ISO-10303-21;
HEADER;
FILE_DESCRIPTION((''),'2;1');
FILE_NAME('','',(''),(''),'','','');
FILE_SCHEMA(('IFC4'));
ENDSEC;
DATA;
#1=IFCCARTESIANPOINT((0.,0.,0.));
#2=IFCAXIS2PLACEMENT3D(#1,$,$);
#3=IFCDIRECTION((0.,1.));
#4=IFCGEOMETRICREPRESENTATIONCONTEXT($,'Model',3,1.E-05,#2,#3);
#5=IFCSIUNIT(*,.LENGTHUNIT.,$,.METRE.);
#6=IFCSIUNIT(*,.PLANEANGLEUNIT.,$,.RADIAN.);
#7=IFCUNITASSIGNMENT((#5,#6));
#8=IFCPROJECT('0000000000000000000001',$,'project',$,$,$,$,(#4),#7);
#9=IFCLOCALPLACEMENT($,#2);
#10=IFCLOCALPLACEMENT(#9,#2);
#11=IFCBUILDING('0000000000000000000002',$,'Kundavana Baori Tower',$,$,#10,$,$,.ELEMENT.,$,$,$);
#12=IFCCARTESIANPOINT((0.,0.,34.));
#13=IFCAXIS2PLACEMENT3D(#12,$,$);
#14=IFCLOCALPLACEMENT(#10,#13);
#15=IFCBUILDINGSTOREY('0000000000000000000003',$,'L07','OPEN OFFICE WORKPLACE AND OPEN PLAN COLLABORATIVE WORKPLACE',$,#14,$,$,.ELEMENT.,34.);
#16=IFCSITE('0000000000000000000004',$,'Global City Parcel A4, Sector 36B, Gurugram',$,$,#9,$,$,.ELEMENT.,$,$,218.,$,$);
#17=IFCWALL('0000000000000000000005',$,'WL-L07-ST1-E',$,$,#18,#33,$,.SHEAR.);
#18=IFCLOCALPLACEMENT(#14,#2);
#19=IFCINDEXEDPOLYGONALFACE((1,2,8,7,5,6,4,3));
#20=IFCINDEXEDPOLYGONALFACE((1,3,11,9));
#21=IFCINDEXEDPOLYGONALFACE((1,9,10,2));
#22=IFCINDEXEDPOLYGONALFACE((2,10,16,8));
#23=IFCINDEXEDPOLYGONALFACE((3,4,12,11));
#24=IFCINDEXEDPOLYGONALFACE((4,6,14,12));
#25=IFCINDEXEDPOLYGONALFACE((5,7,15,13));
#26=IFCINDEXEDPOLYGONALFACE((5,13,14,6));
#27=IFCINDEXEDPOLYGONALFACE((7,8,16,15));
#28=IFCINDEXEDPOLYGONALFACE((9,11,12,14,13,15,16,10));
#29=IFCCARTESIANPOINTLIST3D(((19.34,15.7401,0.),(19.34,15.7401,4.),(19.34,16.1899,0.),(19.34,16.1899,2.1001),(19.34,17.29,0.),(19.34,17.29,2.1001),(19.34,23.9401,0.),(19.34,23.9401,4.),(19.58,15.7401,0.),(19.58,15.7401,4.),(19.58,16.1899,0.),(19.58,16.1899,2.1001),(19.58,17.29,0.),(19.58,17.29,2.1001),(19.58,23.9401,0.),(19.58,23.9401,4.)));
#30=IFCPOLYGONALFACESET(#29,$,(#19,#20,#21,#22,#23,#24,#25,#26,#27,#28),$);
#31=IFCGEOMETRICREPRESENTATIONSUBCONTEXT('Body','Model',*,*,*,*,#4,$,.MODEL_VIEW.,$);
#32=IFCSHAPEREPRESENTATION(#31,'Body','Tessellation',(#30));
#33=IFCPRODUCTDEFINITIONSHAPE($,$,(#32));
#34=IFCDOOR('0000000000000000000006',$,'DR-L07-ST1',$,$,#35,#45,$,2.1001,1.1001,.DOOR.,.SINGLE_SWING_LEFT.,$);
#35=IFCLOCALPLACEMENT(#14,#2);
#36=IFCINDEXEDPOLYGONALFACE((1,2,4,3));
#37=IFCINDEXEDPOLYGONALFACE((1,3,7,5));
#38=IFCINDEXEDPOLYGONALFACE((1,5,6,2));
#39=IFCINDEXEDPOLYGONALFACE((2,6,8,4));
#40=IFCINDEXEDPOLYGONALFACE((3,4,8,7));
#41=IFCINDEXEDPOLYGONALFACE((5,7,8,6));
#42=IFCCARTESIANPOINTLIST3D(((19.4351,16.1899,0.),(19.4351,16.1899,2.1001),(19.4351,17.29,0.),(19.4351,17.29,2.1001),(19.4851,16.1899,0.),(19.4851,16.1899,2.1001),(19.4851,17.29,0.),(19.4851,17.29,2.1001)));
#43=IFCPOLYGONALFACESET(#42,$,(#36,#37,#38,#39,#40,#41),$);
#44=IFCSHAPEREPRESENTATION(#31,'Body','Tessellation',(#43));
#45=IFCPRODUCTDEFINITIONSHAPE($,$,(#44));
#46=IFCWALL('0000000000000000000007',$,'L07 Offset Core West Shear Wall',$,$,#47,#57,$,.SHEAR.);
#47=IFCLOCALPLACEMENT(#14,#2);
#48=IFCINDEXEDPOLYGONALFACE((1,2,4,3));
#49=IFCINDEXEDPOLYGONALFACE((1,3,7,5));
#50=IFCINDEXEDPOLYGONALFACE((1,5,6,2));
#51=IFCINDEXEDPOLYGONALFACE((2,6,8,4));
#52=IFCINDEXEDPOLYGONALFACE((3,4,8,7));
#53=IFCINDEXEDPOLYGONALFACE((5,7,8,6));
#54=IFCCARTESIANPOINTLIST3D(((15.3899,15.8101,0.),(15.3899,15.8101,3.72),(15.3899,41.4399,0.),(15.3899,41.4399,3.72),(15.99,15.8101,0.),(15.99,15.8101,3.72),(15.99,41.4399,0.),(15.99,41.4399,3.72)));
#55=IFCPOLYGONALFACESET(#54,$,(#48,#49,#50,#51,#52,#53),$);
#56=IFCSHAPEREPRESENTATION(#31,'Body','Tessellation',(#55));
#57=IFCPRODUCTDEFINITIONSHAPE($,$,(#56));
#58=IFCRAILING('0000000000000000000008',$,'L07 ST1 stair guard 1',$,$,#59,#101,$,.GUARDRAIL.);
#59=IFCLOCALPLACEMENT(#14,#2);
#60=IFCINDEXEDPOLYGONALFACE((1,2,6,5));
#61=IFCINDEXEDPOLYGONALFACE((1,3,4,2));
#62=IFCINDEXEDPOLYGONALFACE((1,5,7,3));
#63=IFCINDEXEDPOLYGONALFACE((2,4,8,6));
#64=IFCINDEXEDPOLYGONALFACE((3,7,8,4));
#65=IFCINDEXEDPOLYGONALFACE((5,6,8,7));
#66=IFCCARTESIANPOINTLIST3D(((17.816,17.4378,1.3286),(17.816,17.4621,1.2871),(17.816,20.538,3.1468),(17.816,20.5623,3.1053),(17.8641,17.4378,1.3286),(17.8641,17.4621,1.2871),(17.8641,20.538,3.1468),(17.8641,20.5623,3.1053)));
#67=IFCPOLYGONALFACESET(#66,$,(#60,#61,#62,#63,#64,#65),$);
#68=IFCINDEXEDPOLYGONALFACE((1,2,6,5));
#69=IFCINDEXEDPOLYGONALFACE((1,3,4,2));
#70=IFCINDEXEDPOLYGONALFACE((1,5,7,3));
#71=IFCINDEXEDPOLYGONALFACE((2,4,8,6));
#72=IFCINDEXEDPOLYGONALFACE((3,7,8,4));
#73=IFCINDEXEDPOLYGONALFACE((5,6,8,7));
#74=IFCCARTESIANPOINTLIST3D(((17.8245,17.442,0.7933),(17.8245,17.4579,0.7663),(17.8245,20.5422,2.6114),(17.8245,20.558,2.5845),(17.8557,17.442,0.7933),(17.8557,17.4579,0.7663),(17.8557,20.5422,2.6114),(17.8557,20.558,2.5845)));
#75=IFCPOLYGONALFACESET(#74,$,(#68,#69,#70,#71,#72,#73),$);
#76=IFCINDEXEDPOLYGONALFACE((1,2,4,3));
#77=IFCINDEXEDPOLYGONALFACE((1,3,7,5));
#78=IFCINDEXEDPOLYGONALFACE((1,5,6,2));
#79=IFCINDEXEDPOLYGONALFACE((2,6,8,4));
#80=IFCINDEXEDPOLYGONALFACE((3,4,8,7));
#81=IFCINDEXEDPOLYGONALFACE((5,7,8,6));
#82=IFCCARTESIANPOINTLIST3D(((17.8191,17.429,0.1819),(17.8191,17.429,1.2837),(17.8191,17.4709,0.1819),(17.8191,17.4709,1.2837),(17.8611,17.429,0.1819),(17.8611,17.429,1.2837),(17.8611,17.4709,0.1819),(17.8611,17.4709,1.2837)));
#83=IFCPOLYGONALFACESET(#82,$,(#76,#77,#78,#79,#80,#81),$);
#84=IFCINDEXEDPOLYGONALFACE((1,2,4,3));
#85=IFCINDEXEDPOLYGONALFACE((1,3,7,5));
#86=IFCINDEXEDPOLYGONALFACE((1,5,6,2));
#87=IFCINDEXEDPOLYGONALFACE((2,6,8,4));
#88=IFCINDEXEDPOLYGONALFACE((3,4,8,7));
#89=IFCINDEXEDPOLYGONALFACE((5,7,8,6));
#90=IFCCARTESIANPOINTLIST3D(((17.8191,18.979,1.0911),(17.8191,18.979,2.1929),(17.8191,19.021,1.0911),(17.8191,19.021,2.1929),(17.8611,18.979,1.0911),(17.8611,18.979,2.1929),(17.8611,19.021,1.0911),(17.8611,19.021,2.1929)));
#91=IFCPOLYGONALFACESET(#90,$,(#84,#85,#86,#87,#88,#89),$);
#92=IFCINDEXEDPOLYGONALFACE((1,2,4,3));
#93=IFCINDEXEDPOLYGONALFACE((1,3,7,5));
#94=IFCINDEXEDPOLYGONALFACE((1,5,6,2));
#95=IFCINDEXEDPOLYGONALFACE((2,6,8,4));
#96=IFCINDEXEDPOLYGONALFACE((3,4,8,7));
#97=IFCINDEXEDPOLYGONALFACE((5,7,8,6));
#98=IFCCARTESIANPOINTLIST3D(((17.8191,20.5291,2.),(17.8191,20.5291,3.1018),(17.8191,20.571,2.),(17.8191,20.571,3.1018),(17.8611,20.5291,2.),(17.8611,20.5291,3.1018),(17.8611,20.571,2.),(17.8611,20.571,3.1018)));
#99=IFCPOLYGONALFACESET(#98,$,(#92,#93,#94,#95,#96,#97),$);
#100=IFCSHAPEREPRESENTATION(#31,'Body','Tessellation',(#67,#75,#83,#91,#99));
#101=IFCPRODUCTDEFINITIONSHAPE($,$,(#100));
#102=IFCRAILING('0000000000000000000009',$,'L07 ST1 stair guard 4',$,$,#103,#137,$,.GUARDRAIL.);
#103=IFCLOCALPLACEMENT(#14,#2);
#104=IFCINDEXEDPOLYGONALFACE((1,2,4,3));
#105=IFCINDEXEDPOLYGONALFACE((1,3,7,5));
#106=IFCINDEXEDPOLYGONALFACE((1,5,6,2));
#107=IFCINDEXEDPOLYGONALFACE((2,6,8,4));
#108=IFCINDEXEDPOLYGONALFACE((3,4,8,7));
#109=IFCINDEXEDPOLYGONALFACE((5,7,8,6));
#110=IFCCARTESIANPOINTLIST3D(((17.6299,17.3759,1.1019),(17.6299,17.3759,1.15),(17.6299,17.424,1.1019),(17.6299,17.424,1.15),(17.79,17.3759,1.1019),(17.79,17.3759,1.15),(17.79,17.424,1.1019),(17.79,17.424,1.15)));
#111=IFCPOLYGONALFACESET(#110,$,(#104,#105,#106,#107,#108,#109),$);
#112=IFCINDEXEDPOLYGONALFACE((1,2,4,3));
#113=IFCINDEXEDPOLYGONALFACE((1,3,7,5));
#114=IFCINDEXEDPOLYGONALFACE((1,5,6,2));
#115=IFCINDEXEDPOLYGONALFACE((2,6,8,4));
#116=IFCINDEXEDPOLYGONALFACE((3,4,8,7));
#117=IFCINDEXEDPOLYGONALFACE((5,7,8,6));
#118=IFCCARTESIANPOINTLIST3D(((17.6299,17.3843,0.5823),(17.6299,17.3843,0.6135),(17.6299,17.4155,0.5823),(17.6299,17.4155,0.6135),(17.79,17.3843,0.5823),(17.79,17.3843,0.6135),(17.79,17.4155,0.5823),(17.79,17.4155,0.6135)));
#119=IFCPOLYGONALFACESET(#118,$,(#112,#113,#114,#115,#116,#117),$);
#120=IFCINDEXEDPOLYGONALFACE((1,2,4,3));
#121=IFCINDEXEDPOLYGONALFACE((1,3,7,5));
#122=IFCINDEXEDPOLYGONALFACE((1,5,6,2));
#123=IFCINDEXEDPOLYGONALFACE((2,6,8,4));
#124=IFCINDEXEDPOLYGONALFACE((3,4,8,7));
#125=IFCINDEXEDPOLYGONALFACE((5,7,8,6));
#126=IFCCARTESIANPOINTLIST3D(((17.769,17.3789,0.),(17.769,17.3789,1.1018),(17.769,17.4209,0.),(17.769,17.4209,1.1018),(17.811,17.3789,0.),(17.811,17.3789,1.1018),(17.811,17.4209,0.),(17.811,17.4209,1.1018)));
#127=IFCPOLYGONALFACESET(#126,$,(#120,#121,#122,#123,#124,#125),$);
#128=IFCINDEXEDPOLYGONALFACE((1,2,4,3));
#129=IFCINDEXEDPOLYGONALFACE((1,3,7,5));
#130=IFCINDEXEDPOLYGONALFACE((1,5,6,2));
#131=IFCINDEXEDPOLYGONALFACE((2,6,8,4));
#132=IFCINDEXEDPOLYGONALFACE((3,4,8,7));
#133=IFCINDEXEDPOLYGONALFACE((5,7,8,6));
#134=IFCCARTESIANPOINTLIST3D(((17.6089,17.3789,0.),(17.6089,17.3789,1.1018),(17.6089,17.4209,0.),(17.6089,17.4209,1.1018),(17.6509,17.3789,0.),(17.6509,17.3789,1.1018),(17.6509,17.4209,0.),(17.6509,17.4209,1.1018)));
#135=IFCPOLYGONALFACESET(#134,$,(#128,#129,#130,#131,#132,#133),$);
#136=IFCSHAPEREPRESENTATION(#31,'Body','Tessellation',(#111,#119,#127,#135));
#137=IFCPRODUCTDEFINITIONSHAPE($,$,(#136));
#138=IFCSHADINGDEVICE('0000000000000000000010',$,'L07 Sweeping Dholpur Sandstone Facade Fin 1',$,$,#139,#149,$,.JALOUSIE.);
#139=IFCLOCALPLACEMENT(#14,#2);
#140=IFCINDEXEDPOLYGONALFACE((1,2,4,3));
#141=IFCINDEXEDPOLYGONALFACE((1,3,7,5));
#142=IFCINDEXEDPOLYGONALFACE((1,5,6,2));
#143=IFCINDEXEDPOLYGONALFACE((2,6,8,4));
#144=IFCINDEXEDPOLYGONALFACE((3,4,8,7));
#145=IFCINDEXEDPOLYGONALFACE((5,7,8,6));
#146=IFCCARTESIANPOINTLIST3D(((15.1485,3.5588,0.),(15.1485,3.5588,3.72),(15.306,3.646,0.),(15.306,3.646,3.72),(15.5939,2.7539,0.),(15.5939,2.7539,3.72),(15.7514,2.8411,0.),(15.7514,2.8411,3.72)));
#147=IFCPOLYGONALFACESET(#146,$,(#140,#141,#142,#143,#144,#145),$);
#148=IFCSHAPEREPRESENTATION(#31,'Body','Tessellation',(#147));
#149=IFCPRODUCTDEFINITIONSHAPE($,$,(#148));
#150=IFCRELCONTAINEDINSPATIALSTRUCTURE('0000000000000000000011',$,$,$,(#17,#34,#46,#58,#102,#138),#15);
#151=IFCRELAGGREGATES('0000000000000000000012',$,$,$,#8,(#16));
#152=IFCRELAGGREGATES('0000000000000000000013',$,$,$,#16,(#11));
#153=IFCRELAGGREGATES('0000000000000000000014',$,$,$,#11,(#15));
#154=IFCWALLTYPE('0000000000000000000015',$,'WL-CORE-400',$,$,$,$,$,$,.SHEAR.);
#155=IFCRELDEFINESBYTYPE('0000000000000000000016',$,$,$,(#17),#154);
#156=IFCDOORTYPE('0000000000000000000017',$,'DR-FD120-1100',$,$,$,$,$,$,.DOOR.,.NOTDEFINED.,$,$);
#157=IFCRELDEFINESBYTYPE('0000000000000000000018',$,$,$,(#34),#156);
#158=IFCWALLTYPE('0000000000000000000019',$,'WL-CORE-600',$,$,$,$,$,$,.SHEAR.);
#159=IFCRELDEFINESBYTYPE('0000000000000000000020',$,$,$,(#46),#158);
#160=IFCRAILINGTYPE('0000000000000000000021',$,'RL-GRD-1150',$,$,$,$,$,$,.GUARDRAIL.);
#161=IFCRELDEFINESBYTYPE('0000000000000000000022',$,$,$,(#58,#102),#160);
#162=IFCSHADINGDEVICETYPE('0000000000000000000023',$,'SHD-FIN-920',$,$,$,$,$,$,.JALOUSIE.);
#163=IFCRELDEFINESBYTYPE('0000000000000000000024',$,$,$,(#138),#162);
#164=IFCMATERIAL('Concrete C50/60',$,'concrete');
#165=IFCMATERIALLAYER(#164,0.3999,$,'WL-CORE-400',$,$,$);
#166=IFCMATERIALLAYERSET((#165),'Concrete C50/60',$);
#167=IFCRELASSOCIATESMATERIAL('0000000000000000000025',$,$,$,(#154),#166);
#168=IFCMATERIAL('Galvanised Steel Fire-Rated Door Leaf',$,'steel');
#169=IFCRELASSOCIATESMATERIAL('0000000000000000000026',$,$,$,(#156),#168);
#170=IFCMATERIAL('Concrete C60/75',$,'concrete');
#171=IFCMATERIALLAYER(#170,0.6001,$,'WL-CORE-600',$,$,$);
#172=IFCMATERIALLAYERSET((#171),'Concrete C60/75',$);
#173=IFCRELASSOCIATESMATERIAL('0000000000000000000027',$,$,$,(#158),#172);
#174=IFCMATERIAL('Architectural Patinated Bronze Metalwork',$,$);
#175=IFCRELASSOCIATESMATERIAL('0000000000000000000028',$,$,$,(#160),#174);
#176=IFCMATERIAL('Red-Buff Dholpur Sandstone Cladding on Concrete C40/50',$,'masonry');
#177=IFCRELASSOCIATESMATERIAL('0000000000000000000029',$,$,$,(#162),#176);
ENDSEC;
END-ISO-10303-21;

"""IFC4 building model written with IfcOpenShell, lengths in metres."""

from ifc_helpers import new_model, si_unit, direction, frame, frame_2d, origin, origin_2d, place, context, subcontext, project, spatial, rectangle, extrude, material, layer, layer_set, type_object, element, fill, save


model = new_model("IFC4")

# Units and contexts
model_context = context("Model", 3, precision=1e-05, world=origin(), true_north=direction((0.0, 1.0)))
body_context = subcontext(model_context, "Body", "Model", "MODEL_VIEW")
ifc_project = project(units=[si_unit("LENGTHUNIT", "METRE"), si_unit("PLANEANGLEUNIT", "RADIAN")], contexts=[model_context])

# Site, building, storey
site_placement = place(None, origin())
site = spatial("IfcSite", under=ifc_project, at=site_placement, Name="Global City Parcel A4, Sector 36B, Gurugram", CompositionType="ELEMENT", RefElevation=218.0)
building_placement = place(site_placement, origin())
building = spatial("IfcBuilding", under=site, at=building_placement, Name="Kundavana Baori Tower", CompositionType="ELEMENT")
storey_placement = place(building_placement, frame((0.0, 0.0, 34.0)))
storey = spatial("IfcBuildingStorey", under=building, at=storey_placement, Name="L07", Description="OPEN OFFICE WORKPLACE AND OPEN PLAN COLLABORATIVE WORKPLACE", CompositionType="ELEMENT", Elevation=34.0)

# Wall, opening, door
ifc_material_1 = material(Name="Concrete C50/60", Category="concrete")
ifc_layer_1 = layer(ifc_material_1, 0.3999, Name="WL-CORE-400")
ifc_layer_set_1 = layer_set([ifc_layer_1], Name="Concrete C50/60")
wall_type_1 = type_object("IfcWallType", Name="WL-CORE-400", PredefinedType="SHEAR", material=ifc_layer_set_1)
wall_1_placement = place(storey_placement, frame((19.46, 15.74, 0.0), z_axis=(0.0, 0.0, 1.0), x_axis=(0.0, 1.0, 0.0)))
wall_1 = element("IfcWall", 1, at=wall_1_placement, inside=storey, type_object=wall_type_1, Name="WL-L07-ST1-E", PredefinedType="SHEAR", context=body_context, shape_type="SweptSolid", body=[
    extrude(rectangle(XDim=8.2, YDim=0.24, at=frame_2d((4.1001, 0.0))), origin(), (0.0, 0.0, 1.0), 4.0),
])
opening_1_placement = place(wall_1_placement, frame((0.45, 0.0, 0.0)))
opening_1 = element("IfcOpeningElement", 2, at=opening_1_placement, cuts=wall_1, PredefinedType="OPENING", context=body_context, shape_type="SweptSolid", body=[
    extrude(rectangle(XDim=1.1001, YDim=2.1001, at=frame_2d((0.55, 1.05))), frame((0.0, 0.1299, 0.0), z_axis=(0.0, -1.0, 0.0), x_axis=(1.0, 0.0, 0.0)), (0.0, 0.0, 1.0), 0.26),
])
ifc_material_2 = material(Name="Galvanised Steel Fire-Rated Door Leaf", Category="steel")
door_type_1 = type_object("IfcDoorType", Name="DR-FD120-1100", OperationType="NOTDEFINED", PredefinedType="DOOR", material=ifc_material_2)
door_1_placement = place(opening_1_placement, origin())
door_1 = element("IfcDoor", 3, at=door_1_placement, inside=storey, type_object=door_type_1, Name="DR-L07-ST1", OperationType="SINGLE_SWING_LEFT", OverallHeight=2.1001, OverallWidth=1.1001, PredefinedType="DOOR", context=body_context, shape_type="SweptSolid", body=[
    extrude(rectangle(XDim=1.1001, YDim=2.1001, at=frame_2d((0.55, 1.05))), frame((0.0, 0.0249, 0.0), z_axis=(0.0, -1.0, 0.0), x_axis=(1.0, 0.0, 0.0)), (0.0, 0.0, 1.0), 0.05),
])
fill(opening_1, door_1)

# Wall
ifc_material_3 = material(Name="Concrete C60/75", Category="concrete")
ifc_layer_2 = layer(ifc_material_3, 0.6001, Name="WL-CORE-600")
ifc_layer_set_2 = layer_set([ifc_layer_2], Name="Concrete C60/75")
wall_type_2 = type_object("IfcWallType", Name="WL-CORE-600", PredefinedType="SHEAR", material=ifc_layer_set_2)
wall_2_placement = place(storey_placement, frame((15.6899, 15.8101, 0.0), z_axis=(0.0, 0.0, 1.0), x_axis=(0.0, 1.0, 0.0)))
element("IfcWall", 4, at=wall_2_placement, inside=storey, type_object=wall_type_2, Name="L07 Offset Core West Shear Wall", PredefinedType="SHEAR", context=body_context, shape_type="SweptSolid", body=[
    extrude(rectangle(XDim=25.6299, YDim=0.6001, at=frame_2d((12.8149, 0.0))), origin(), (0.0, 0.0, 1.0), 3.72),
])

# Railings
ifc_material_4 = material(Name="Architectural Patinated Bronze Metalwork")
railing_type = type_object("IfcRailingType", Name="RL-GRD-1150", PredefinedType="GUARDRAIL", material=ifc_material_4)
railing_1_placement = place(storey_placement, frame((17.8401, 17.45, 0.1819)))
element("IfcRailing", 5, at=railing_1_placement, inside=storey, type_object=railing_type, Name="L07 ST1 stair guard 1", PredefinedType="GUARDRAIL", context=body_context, shape_type="SweptSolid", body=[
    extrude(rectangle(XDim=0.0481, YDim=0.0481, at=origin_2d()), frame((0.0, 0.0, 1.126), z_axis=(0.0, 0.862599, 0.505889), x_axis=(-1.0, 0.0, 0.0)), (0.0, 0.0, 1.0), 3.594),
    extrude(rectangle(XDim=0.0312, YDim=0.0312, at=origin_2d()), frame((0.0, 0.0, 0.5979), z_axis=(0.0, 0.862599, 0.505889), x_axis=(-1.0, 0.0, 0.0)), (0.0, 0.0, 1.0), 3.594),
    extrude(rectangle(XDim=0.042, YDim=0.042, at=origin_2d()), origin(), (0.0, 0.0, 1.0), 1.1018),
    extrude(rectangle(XDim=0.042, YDim=0.042, at=origin_2d()), frame((0.0, 1.55, 0.9092)), (0.0, 0.0, 1.0), 1.1018),
    extrude(rectangle(XDim=0.042, YDim=0.042, at=origin_2d()), frame((0.0, 3.1001, 1.8181)), (0.0, 0.0, 1.0), 1.1018),
])
railing_2_placement = place(storey_placement, frame((17.79, 17.3999, 0.0)))
element("IfcRailing", 6, at=railing_2_placement, inside=storey, type_object=railing_type, Name="L07 ST1 stair guard 4", PredefinedType="GUARDRAIL", context=body_context, shape_type="SweptSolid", body=[
    extrude(rectangle(XDim=0.0481, YDim=0.0481, at=origin_2d()), frame((0.0, 0.0, 1.126), z_axis=(-1.0, 0.0, 0.0), x_axis=(0.0, -1.0, 0.0)), (0.0, 0.0, 1.0), 0.1602),
    extrude(rectangle(XDim=0.0312, YDim=0.0312, at=origin_2d()), frame((0.0, 0.0, 0.5979), z_axis=(-1.0, 0.0, 0.0), x_axis=(0.0, -1.0, 0.0)), (0.0, 0.0, 1.0), 0.1602),
    extrude(rectangle(XDim=0.042, YDim=0.042, at=origin_2d()), origin(), (0.0, 0.0, 1.0), 1.1018),
    extrude(rectangle(XDim=0.042, YDim=0.042, at=origin_2d()), frame((-0.1602, 0.0, 0.0)), (0.0, 0.0, 1.0), 1.1018),
])

# Shading device
ifc_material_5 = material(Name="Red-Buff Dholpur Sandstone Cladding on Concrete C40/50", Category="masonry")
shading_device_type = type_object("IfcShadingDeviceType", Name="SHD-FIN-920", PredefinedType="JALOUSIE", material=ifc_material_5)
shading_device_placement = place(storey_placement, frame((15.45, 3.2, 0.0), z_axis=(0.0, 0.0, 1.0), x_axis=(0.874958, 0.484199, 0.0)))
element("IfcShadingDevice", 7, at=shading_device_placement, inside=storey, type_object=shading_device_type, Name="L07 Sweeping Dholpur Sandstone Facade Fin 1", PredefinedType="JALOUSIE", context=body_context, shape_type="SweptSolid", body=[
    extrude(rectangle(XDim=0.1799, YDim=0.9199, at=origin_2d()), origin(), (0.0, 0.0, 1.0), 3.72),
])

save(model, "model.ifc")
